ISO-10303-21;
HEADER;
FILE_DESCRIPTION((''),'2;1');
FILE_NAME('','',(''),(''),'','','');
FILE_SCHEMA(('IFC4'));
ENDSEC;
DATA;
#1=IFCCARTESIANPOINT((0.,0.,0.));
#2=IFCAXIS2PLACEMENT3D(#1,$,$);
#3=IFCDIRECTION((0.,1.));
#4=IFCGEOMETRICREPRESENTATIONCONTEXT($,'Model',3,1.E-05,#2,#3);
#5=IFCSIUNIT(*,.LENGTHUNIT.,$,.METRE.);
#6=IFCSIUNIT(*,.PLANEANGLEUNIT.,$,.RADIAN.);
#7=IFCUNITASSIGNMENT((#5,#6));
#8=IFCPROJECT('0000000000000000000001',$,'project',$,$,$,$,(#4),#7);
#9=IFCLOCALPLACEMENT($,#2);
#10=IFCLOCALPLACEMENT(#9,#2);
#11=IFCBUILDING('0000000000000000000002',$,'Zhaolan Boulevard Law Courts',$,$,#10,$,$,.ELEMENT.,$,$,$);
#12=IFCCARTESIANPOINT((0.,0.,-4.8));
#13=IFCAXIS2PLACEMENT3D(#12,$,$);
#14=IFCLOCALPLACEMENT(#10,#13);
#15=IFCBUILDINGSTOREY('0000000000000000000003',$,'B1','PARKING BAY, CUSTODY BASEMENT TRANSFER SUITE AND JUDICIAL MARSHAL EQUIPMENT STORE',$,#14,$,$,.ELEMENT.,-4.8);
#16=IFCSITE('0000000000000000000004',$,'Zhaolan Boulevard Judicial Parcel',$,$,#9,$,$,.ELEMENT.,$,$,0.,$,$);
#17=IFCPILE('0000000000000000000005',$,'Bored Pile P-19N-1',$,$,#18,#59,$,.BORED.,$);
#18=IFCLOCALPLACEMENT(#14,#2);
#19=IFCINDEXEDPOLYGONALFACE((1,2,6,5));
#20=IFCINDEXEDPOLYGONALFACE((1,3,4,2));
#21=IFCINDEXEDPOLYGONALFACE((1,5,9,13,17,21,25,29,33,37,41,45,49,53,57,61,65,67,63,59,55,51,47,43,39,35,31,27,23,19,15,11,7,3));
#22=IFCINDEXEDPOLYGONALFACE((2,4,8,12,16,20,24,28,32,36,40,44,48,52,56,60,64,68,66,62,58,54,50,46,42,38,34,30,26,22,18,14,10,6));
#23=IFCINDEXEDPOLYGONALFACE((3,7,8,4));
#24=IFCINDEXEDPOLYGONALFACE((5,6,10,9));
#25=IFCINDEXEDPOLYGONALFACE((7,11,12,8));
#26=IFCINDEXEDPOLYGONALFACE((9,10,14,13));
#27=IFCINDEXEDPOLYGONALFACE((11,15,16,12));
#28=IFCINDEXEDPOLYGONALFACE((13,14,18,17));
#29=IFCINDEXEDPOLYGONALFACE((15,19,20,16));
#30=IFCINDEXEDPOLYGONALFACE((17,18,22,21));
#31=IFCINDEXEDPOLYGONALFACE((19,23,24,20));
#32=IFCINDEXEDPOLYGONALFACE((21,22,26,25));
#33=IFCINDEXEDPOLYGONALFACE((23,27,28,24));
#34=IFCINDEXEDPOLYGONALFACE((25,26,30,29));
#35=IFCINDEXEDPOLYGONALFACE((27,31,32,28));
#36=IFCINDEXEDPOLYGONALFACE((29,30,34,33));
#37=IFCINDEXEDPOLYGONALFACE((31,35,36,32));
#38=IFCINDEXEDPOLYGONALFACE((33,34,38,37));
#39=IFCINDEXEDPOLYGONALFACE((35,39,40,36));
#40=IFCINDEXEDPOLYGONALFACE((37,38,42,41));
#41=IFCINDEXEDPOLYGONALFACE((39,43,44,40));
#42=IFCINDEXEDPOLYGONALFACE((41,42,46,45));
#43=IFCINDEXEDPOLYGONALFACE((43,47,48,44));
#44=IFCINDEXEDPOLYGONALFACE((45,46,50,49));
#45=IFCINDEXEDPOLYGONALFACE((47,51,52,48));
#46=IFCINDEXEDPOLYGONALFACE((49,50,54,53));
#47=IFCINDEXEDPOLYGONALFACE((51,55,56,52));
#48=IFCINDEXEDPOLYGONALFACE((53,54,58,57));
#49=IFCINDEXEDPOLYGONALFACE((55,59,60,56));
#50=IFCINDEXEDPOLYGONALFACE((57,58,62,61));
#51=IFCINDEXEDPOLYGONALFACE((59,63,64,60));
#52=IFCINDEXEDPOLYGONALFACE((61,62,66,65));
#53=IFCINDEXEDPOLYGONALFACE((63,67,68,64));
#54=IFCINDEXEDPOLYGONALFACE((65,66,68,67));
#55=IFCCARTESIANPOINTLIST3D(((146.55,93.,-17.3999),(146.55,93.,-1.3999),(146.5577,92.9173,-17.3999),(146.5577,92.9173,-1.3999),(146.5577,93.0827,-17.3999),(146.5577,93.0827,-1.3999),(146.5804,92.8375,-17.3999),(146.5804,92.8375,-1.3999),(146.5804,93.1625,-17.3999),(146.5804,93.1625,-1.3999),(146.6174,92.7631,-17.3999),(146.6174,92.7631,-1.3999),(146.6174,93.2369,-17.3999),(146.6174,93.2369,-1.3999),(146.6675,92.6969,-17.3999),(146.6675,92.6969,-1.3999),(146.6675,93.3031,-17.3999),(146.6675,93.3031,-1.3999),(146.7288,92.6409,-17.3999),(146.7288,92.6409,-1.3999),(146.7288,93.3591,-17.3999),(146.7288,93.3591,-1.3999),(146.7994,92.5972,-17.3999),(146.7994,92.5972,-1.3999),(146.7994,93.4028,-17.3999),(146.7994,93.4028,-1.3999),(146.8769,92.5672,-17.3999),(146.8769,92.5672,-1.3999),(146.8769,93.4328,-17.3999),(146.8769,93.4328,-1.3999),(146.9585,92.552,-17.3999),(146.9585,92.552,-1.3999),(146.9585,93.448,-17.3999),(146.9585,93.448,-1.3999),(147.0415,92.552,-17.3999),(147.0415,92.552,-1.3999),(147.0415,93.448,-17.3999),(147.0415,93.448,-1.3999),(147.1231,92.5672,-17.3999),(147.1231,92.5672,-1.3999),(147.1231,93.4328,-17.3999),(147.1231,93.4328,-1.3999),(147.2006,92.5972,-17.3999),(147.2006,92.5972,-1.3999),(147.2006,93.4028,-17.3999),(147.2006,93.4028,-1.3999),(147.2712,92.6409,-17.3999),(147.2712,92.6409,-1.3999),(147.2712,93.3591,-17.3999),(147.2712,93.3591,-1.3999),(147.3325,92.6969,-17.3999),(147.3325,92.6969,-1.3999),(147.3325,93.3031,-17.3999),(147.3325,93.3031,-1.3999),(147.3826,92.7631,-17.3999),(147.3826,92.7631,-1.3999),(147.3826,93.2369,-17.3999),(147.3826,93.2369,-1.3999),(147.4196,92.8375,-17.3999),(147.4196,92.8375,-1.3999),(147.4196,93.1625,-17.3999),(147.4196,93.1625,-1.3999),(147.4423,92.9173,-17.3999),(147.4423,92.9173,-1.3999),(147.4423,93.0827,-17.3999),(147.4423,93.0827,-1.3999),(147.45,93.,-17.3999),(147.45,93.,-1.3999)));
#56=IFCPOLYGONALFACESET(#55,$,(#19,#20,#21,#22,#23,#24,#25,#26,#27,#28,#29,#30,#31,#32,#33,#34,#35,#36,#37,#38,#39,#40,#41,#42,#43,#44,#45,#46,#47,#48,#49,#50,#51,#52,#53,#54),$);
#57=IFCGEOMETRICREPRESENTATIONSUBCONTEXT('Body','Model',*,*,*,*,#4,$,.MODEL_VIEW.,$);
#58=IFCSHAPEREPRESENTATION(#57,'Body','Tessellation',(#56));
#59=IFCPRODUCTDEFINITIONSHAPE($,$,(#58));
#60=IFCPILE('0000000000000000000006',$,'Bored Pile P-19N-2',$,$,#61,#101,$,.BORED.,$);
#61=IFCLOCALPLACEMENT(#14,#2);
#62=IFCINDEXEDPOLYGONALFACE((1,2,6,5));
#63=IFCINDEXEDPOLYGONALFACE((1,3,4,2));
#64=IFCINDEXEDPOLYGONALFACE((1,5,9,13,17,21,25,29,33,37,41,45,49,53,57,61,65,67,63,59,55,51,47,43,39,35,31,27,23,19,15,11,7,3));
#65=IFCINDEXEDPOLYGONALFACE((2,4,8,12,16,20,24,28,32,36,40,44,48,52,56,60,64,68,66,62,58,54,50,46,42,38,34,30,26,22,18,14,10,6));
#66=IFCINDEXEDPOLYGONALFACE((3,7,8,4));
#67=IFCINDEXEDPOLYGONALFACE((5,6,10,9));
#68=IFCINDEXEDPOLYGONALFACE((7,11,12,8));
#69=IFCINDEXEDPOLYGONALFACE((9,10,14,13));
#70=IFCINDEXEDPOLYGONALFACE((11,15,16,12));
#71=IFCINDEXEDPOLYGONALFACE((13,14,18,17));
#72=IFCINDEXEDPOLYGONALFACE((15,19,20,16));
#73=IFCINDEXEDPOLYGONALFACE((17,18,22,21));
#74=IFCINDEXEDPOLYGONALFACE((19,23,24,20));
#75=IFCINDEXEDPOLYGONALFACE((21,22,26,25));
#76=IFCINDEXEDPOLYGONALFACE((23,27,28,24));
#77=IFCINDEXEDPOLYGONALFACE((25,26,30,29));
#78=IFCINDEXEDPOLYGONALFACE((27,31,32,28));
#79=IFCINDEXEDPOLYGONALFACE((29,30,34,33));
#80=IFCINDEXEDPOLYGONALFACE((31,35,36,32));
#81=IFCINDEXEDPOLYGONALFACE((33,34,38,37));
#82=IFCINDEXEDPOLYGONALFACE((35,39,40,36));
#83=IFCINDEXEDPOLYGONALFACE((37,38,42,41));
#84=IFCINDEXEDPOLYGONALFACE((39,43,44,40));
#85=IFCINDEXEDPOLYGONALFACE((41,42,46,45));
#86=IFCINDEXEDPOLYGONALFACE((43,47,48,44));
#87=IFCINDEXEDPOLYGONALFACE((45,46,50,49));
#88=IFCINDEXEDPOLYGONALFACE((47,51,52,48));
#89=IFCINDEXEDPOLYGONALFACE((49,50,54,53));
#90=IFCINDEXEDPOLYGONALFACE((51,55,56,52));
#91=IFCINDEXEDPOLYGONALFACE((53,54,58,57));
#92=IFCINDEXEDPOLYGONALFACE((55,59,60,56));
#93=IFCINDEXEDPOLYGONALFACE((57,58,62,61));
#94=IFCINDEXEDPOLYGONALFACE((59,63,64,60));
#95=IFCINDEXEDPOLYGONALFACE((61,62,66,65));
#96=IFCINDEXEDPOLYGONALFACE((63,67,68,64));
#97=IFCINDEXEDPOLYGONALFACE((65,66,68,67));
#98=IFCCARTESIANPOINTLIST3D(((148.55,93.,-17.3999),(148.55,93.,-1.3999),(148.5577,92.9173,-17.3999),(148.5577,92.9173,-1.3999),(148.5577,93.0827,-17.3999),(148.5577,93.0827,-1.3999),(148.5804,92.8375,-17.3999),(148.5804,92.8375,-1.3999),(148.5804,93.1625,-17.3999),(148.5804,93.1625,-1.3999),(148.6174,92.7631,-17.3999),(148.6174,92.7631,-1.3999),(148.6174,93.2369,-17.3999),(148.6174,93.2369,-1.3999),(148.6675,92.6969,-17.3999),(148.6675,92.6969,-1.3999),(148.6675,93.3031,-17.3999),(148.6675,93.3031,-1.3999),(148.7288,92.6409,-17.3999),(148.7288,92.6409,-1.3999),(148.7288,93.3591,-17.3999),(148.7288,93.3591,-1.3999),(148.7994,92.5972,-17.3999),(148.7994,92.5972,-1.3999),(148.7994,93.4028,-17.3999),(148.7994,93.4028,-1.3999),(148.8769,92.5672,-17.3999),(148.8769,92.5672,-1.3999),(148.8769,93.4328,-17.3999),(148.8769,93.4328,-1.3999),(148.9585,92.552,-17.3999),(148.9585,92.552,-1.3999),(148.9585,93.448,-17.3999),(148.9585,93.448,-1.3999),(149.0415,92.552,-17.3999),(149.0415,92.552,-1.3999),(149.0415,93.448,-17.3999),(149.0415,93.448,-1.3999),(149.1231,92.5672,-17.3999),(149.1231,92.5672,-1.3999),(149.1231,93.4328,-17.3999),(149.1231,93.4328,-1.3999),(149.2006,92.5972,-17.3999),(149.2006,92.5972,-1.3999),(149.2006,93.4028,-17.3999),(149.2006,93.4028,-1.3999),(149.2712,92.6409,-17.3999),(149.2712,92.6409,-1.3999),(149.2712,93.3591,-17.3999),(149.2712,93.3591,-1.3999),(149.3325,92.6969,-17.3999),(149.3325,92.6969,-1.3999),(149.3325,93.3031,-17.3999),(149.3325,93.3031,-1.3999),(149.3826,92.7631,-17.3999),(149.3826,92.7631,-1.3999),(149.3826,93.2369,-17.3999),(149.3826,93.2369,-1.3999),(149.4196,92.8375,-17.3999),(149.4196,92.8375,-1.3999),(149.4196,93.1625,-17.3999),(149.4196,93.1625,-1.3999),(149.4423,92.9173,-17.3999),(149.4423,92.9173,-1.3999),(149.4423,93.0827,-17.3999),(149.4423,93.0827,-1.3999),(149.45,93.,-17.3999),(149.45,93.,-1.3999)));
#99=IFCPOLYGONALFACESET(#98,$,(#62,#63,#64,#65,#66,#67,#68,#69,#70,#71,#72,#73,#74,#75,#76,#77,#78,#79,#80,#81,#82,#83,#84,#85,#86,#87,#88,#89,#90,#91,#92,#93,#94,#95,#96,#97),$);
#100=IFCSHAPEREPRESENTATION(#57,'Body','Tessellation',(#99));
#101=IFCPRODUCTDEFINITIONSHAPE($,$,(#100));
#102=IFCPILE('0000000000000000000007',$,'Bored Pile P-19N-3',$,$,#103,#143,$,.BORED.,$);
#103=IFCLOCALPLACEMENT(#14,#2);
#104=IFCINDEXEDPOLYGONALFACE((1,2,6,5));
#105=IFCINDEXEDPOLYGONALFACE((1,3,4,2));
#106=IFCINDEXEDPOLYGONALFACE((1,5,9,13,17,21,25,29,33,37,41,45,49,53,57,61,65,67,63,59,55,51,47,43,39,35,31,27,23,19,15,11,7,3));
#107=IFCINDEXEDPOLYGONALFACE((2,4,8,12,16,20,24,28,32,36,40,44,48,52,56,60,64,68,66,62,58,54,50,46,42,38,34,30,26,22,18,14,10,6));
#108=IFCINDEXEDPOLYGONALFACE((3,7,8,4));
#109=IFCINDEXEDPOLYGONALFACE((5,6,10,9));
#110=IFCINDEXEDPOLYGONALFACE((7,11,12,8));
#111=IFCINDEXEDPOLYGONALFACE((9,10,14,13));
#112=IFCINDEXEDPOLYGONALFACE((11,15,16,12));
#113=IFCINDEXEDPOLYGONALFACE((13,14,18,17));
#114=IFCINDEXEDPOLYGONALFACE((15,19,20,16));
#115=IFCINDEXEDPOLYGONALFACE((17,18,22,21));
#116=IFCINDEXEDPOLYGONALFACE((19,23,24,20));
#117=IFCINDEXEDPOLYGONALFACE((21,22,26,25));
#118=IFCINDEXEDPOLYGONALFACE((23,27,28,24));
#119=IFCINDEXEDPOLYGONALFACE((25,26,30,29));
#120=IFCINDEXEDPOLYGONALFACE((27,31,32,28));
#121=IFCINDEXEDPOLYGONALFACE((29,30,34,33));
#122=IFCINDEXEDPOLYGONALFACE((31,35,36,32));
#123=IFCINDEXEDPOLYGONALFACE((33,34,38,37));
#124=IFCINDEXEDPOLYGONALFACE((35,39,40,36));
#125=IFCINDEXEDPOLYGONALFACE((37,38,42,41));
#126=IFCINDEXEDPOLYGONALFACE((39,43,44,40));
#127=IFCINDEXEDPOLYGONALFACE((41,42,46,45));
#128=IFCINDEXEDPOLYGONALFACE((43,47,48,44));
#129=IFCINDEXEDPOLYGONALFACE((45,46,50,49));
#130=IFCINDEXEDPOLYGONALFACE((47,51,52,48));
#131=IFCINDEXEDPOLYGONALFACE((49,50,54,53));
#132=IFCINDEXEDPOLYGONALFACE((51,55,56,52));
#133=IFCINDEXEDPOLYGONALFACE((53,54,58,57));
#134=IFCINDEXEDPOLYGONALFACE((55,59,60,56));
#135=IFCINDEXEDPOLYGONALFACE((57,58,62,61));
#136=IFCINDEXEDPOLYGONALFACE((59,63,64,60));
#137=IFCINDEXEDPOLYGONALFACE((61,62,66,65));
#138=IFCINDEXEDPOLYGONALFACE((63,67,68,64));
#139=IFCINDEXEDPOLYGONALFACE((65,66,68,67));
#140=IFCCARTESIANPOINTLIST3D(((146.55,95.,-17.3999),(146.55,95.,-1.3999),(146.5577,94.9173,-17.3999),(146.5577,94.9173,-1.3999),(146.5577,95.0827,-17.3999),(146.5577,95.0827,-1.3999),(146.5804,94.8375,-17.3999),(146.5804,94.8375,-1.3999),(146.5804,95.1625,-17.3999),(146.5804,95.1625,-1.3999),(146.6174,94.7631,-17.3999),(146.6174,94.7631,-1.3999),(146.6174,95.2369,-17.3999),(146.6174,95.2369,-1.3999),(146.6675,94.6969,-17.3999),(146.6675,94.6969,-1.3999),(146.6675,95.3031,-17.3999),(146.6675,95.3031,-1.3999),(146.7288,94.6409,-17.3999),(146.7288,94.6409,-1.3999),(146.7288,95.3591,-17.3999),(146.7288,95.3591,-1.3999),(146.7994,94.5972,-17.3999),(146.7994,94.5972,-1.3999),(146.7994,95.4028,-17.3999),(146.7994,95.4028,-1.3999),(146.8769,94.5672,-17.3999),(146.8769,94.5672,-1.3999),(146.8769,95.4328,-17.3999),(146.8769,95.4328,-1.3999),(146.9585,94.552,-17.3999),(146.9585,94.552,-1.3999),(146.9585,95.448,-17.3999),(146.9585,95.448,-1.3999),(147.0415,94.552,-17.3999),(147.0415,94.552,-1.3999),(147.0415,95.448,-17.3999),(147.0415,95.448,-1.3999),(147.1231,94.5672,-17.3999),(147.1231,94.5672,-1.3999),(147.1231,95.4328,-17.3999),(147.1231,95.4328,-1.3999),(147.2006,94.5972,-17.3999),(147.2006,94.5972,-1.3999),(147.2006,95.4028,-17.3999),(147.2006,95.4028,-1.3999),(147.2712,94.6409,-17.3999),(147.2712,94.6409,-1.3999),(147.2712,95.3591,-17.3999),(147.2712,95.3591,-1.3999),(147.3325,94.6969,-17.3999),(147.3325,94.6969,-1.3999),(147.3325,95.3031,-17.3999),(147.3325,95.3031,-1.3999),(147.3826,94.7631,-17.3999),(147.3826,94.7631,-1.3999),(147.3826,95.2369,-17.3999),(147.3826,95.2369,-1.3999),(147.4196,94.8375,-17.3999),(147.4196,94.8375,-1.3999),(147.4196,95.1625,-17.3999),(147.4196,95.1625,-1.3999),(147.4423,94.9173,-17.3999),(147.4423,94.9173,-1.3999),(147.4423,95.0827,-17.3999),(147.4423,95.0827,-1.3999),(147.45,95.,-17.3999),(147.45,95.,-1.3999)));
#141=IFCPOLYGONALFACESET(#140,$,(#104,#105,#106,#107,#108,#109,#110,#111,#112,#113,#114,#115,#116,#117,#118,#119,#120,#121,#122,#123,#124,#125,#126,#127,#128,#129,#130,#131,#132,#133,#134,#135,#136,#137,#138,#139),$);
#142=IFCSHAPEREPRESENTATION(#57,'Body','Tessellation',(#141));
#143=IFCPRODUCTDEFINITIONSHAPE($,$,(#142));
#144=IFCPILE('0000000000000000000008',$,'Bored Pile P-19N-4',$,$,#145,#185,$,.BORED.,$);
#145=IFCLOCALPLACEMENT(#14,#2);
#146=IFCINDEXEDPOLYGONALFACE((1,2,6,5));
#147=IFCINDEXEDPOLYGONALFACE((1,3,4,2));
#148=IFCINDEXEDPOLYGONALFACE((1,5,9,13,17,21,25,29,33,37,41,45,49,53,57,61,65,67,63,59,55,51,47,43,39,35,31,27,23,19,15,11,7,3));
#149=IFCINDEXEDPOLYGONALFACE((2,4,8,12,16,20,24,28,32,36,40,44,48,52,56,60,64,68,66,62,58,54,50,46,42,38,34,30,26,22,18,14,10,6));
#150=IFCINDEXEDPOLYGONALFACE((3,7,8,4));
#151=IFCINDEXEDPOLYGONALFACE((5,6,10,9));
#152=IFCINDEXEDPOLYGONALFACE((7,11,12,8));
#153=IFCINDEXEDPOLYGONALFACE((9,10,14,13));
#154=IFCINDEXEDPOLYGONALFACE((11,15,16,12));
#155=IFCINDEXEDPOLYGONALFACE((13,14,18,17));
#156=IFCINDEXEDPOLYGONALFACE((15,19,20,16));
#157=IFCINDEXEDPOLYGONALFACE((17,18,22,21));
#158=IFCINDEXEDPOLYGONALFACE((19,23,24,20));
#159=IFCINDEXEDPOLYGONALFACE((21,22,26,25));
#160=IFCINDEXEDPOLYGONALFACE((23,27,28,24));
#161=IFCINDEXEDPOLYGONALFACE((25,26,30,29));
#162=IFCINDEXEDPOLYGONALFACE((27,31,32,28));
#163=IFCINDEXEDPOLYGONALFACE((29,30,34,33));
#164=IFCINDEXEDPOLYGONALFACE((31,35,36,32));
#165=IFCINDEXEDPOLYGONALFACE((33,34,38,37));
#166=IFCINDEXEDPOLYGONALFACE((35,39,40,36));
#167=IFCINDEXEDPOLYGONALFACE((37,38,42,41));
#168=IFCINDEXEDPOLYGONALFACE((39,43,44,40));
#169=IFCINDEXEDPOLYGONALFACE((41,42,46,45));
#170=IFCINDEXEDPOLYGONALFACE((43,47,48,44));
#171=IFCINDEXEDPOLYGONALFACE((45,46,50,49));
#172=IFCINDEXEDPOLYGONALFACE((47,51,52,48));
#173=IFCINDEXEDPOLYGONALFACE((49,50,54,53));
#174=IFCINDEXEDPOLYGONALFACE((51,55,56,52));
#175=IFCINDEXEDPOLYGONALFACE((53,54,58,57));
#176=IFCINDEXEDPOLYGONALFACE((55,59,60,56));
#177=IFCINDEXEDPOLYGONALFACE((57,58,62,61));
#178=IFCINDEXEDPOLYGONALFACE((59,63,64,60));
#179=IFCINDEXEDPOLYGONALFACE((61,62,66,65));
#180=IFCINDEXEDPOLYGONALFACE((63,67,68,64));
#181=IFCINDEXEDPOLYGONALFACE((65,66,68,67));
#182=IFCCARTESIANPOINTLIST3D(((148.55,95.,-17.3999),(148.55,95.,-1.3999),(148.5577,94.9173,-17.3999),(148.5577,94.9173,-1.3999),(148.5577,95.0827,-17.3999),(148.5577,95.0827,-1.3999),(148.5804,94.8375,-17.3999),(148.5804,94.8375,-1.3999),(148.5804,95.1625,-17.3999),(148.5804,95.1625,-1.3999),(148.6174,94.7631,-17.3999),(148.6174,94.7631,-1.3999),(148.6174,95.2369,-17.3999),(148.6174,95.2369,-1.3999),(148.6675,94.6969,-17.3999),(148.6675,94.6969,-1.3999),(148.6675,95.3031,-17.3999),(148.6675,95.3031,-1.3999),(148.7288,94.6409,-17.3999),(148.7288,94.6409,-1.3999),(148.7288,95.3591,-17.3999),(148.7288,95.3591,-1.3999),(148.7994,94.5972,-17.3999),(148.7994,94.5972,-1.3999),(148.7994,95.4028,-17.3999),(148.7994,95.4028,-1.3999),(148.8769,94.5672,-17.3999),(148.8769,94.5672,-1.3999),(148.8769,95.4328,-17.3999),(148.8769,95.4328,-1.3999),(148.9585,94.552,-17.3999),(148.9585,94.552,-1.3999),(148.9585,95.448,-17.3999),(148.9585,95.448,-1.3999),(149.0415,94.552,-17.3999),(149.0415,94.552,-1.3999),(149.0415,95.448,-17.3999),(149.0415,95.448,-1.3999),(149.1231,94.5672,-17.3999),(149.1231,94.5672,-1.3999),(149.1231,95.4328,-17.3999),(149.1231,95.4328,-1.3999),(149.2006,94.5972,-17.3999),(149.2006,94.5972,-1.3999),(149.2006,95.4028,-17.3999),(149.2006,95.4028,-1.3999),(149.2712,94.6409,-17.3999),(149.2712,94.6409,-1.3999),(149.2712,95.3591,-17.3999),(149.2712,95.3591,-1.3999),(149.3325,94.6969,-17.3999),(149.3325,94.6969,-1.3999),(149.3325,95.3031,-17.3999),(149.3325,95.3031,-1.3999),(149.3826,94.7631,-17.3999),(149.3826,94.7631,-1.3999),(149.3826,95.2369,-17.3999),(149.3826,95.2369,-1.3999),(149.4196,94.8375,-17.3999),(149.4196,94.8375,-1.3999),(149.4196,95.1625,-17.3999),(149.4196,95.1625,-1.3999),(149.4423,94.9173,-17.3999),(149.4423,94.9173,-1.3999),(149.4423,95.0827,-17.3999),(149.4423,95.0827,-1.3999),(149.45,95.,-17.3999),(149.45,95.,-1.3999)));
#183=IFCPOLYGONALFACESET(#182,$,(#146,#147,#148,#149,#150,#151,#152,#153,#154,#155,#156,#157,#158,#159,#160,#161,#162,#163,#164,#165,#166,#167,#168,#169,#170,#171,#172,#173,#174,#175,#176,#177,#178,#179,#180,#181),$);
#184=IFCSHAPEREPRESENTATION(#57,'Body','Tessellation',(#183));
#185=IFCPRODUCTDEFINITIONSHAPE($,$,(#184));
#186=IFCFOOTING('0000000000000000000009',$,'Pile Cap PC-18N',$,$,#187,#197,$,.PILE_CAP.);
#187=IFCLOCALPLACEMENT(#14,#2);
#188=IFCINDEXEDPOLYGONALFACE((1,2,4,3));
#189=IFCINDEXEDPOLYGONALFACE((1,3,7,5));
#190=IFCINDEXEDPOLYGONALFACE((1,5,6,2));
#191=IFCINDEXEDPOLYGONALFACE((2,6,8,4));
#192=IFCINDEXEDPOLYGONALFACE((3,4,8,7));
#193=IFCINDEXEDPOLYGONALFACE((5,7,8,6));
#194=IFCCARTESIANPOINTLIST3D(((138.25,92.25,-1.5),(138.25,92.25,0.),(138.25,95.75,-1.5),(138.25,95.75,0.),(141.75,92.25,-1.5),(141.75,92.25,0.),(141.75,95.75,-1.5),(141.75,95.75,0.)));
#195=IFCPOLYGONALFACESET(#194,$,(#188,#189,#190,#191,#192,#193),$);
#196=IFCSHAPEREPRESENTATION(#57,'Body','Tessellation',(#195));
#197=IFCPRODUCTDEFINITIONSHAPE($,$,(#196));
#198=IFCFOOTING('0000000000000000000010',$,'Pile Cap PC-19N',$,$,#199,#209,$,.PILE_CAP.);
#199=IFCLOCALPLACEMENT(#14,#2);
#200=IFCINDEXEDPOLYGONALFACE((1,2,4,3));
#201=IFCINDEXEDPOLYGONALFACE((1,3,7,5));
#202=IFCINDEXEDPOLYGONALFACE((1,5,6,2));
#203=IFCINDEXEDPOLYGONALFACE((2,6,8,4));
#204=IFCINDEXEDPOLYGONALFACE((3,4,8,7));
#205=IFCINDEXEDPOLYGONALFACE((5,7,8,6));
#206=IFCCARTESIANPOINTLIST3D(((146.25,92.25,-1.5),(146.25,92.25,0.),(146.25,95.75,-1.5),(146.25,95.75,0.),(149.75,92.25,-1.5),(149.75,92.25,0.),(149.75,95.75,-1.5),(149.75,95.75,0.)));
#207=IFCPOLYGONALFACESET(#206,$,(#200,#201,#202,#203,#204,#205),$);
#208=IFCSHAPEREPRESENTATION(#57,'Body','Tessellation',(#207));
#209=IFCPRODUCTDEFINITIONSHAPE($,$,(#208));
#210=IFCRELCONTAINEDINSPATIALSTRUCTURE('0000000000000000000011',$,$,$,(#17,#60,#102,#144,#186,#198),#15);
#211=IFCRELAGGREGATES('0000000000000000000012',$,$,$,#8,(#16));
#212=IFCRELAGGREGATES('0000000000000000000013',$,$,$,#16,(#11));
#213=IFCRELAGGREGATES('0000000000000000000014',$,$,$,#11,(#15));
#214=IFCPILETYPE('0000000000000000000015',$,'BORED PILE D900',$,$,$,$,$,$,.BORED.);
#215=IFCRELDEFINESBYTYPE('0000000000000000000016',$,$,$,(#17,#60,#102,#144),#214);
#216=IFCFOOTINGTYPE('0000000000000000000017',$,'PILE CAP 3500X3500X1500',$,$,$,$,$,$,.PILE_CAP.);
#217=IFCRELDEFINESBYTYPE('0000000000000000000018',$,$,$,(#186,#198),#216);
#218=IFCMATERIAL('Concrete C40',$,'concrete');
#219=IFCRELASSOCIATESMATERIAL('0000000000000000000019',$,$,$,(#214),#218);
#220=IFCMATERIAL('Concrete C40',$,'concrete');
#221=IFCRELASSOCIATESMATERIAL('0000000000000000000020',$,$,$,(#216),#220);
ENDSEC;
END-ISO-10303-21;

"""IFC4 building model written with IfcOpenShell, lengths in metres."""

from ifc_helpers import new_model, si_unit, direction, frame, origin, origin_2d, place, context, subcontext, project, spatial, rectangle, circle, extrude, material, material_profile, profile_set, type_object, element, save


model = new_model("IFC4")

# Units and contexts
model_context = context("Model", 3, precision=1e-05, world=origin(), true_north=direction((0.0, 1.0)))
body_context = subcontext(model_context, "Body", "Model", "MODEL_VIEW")
ifc_project = project(units=[si_unit("LENGTHUNIT", "METRE"), si_unit("PLANEANGLEUNIT", "RADIAN")], contexts=[model_context])

# Site, building, storey
site_placement = place(None, origin())
site = spatial("IfcSite", under=ifc_project, at=site_placement, Name="Zhaolan Boulevard Judicial Parcel", CompositionType="ELEMENT", RefElevation=0.0)
building_placement = place(site_placement, origin())
building = spatial("IfcBuilding", under=site, at=building_placement, Name="Zhaolan Boulevard Law Courts", CompositionType="ELEMENT")
storey_placement = place(building_placement, frame((0.0, 0.0, -4.8)))
storey = spatial("IfcBuildingStorey", under=building, at=storey_placement, Name="B1", Description="PARKING BAY, CUSTODY BASEMENT TRANSFER SUITE AND JUDICIAL MARSHAL EQUIPMENT STORE", CompositionType="ELEMENT", Elevation=-4.8)

# Piles
ifc_material_1 = material(Name="Concrete C40", Category="concrete")
ifc_material_profile_1 = material_profile(ifc_material_1, circle(Radius=0.45, at=origin_2d()), Name="PILE-D900")
ifc_profile_set_1 = profile_set([ifc_material_profile_1], Name="Concrete C40")
pile_type = type_object("IfcPileType", Name="BORED PILE D900", PredefinedType="BORED", material=ifc_profile_set_1)
for number, where, z_axis, x_axis, name in (
    (1, (147.0, 93.0, -1.3999), (0.0, 0.0, -1.0), (1.0, 0.0, 0.0), "Bored Pile P-19N-1"),
    (2, (149.0, 93.0, -1.3999), (0.0, 0.0, -1.0), (1.0, 0.0, 0.0), "Bored Pile P-19N-2"),
    (3, (147.0, 95.0, -1.3999), (0.0, 0.0, -1.0), (1.0, 0.0, 0.0), "Bored Pile P-19N-3"),
    (4, (149.0, 95.0, -1.3999), (0.0, 0.0, -1.0), (1.0, 0.0, 0.0), "Bored Pile P-19N-4"),
):
    element("IfcPile", number, at=place(storey_placement, frame(where, z_axis=z_axis, x_axis=x_axis)), inside=storey, type_object=pile_type, Name=name, PredefinedType="BORED", context=body_context, shape_type="SweptSolid", body=[
        extrude(circle(Radius=0.45, at=origin_2d()), origin(), (0.0, 0.0, 1.0), 16.0),
    ])

# Footings
ifc_material_2 = material(Name="Concrete C40", Category="concrete")
footing_type_1 = type_object("IfcFootingType", Name="PILE CAP 3500X3500X1500", PredefinedType="PILE_CAP", material=ifc_material_2)
for number, where, z_axis, x_axis, name in (
    (5, (140.0, 94.0, -1.5), (0.0, 0.0, 1.0), (1.0, 0.0, 0.0), "Pile Cap PC-18N"),
    (6, (148.0, 94.0, -1.5), (0.0, 0.0, 1.0), (1.0, 0.0, 0.0), "Pile Cap PC-19N"),
):
    element("IfcFooting", number, at=place(storey_placement, frame(where, z_axis=z_axis, x_axis=x_axis)), inside=storey, type_object=footing_type_1, Name=name, PredefinedType="PILE_CAP", context=body_context, shape_type="SweptSolid", body=[
        extrude(rectangle(XDim=3.5, YDim=3.5, at=origin_2d()), origin(), (0.0, 0.0, 1.0), 1.5),
    ])

save(model, "model.ifc")
